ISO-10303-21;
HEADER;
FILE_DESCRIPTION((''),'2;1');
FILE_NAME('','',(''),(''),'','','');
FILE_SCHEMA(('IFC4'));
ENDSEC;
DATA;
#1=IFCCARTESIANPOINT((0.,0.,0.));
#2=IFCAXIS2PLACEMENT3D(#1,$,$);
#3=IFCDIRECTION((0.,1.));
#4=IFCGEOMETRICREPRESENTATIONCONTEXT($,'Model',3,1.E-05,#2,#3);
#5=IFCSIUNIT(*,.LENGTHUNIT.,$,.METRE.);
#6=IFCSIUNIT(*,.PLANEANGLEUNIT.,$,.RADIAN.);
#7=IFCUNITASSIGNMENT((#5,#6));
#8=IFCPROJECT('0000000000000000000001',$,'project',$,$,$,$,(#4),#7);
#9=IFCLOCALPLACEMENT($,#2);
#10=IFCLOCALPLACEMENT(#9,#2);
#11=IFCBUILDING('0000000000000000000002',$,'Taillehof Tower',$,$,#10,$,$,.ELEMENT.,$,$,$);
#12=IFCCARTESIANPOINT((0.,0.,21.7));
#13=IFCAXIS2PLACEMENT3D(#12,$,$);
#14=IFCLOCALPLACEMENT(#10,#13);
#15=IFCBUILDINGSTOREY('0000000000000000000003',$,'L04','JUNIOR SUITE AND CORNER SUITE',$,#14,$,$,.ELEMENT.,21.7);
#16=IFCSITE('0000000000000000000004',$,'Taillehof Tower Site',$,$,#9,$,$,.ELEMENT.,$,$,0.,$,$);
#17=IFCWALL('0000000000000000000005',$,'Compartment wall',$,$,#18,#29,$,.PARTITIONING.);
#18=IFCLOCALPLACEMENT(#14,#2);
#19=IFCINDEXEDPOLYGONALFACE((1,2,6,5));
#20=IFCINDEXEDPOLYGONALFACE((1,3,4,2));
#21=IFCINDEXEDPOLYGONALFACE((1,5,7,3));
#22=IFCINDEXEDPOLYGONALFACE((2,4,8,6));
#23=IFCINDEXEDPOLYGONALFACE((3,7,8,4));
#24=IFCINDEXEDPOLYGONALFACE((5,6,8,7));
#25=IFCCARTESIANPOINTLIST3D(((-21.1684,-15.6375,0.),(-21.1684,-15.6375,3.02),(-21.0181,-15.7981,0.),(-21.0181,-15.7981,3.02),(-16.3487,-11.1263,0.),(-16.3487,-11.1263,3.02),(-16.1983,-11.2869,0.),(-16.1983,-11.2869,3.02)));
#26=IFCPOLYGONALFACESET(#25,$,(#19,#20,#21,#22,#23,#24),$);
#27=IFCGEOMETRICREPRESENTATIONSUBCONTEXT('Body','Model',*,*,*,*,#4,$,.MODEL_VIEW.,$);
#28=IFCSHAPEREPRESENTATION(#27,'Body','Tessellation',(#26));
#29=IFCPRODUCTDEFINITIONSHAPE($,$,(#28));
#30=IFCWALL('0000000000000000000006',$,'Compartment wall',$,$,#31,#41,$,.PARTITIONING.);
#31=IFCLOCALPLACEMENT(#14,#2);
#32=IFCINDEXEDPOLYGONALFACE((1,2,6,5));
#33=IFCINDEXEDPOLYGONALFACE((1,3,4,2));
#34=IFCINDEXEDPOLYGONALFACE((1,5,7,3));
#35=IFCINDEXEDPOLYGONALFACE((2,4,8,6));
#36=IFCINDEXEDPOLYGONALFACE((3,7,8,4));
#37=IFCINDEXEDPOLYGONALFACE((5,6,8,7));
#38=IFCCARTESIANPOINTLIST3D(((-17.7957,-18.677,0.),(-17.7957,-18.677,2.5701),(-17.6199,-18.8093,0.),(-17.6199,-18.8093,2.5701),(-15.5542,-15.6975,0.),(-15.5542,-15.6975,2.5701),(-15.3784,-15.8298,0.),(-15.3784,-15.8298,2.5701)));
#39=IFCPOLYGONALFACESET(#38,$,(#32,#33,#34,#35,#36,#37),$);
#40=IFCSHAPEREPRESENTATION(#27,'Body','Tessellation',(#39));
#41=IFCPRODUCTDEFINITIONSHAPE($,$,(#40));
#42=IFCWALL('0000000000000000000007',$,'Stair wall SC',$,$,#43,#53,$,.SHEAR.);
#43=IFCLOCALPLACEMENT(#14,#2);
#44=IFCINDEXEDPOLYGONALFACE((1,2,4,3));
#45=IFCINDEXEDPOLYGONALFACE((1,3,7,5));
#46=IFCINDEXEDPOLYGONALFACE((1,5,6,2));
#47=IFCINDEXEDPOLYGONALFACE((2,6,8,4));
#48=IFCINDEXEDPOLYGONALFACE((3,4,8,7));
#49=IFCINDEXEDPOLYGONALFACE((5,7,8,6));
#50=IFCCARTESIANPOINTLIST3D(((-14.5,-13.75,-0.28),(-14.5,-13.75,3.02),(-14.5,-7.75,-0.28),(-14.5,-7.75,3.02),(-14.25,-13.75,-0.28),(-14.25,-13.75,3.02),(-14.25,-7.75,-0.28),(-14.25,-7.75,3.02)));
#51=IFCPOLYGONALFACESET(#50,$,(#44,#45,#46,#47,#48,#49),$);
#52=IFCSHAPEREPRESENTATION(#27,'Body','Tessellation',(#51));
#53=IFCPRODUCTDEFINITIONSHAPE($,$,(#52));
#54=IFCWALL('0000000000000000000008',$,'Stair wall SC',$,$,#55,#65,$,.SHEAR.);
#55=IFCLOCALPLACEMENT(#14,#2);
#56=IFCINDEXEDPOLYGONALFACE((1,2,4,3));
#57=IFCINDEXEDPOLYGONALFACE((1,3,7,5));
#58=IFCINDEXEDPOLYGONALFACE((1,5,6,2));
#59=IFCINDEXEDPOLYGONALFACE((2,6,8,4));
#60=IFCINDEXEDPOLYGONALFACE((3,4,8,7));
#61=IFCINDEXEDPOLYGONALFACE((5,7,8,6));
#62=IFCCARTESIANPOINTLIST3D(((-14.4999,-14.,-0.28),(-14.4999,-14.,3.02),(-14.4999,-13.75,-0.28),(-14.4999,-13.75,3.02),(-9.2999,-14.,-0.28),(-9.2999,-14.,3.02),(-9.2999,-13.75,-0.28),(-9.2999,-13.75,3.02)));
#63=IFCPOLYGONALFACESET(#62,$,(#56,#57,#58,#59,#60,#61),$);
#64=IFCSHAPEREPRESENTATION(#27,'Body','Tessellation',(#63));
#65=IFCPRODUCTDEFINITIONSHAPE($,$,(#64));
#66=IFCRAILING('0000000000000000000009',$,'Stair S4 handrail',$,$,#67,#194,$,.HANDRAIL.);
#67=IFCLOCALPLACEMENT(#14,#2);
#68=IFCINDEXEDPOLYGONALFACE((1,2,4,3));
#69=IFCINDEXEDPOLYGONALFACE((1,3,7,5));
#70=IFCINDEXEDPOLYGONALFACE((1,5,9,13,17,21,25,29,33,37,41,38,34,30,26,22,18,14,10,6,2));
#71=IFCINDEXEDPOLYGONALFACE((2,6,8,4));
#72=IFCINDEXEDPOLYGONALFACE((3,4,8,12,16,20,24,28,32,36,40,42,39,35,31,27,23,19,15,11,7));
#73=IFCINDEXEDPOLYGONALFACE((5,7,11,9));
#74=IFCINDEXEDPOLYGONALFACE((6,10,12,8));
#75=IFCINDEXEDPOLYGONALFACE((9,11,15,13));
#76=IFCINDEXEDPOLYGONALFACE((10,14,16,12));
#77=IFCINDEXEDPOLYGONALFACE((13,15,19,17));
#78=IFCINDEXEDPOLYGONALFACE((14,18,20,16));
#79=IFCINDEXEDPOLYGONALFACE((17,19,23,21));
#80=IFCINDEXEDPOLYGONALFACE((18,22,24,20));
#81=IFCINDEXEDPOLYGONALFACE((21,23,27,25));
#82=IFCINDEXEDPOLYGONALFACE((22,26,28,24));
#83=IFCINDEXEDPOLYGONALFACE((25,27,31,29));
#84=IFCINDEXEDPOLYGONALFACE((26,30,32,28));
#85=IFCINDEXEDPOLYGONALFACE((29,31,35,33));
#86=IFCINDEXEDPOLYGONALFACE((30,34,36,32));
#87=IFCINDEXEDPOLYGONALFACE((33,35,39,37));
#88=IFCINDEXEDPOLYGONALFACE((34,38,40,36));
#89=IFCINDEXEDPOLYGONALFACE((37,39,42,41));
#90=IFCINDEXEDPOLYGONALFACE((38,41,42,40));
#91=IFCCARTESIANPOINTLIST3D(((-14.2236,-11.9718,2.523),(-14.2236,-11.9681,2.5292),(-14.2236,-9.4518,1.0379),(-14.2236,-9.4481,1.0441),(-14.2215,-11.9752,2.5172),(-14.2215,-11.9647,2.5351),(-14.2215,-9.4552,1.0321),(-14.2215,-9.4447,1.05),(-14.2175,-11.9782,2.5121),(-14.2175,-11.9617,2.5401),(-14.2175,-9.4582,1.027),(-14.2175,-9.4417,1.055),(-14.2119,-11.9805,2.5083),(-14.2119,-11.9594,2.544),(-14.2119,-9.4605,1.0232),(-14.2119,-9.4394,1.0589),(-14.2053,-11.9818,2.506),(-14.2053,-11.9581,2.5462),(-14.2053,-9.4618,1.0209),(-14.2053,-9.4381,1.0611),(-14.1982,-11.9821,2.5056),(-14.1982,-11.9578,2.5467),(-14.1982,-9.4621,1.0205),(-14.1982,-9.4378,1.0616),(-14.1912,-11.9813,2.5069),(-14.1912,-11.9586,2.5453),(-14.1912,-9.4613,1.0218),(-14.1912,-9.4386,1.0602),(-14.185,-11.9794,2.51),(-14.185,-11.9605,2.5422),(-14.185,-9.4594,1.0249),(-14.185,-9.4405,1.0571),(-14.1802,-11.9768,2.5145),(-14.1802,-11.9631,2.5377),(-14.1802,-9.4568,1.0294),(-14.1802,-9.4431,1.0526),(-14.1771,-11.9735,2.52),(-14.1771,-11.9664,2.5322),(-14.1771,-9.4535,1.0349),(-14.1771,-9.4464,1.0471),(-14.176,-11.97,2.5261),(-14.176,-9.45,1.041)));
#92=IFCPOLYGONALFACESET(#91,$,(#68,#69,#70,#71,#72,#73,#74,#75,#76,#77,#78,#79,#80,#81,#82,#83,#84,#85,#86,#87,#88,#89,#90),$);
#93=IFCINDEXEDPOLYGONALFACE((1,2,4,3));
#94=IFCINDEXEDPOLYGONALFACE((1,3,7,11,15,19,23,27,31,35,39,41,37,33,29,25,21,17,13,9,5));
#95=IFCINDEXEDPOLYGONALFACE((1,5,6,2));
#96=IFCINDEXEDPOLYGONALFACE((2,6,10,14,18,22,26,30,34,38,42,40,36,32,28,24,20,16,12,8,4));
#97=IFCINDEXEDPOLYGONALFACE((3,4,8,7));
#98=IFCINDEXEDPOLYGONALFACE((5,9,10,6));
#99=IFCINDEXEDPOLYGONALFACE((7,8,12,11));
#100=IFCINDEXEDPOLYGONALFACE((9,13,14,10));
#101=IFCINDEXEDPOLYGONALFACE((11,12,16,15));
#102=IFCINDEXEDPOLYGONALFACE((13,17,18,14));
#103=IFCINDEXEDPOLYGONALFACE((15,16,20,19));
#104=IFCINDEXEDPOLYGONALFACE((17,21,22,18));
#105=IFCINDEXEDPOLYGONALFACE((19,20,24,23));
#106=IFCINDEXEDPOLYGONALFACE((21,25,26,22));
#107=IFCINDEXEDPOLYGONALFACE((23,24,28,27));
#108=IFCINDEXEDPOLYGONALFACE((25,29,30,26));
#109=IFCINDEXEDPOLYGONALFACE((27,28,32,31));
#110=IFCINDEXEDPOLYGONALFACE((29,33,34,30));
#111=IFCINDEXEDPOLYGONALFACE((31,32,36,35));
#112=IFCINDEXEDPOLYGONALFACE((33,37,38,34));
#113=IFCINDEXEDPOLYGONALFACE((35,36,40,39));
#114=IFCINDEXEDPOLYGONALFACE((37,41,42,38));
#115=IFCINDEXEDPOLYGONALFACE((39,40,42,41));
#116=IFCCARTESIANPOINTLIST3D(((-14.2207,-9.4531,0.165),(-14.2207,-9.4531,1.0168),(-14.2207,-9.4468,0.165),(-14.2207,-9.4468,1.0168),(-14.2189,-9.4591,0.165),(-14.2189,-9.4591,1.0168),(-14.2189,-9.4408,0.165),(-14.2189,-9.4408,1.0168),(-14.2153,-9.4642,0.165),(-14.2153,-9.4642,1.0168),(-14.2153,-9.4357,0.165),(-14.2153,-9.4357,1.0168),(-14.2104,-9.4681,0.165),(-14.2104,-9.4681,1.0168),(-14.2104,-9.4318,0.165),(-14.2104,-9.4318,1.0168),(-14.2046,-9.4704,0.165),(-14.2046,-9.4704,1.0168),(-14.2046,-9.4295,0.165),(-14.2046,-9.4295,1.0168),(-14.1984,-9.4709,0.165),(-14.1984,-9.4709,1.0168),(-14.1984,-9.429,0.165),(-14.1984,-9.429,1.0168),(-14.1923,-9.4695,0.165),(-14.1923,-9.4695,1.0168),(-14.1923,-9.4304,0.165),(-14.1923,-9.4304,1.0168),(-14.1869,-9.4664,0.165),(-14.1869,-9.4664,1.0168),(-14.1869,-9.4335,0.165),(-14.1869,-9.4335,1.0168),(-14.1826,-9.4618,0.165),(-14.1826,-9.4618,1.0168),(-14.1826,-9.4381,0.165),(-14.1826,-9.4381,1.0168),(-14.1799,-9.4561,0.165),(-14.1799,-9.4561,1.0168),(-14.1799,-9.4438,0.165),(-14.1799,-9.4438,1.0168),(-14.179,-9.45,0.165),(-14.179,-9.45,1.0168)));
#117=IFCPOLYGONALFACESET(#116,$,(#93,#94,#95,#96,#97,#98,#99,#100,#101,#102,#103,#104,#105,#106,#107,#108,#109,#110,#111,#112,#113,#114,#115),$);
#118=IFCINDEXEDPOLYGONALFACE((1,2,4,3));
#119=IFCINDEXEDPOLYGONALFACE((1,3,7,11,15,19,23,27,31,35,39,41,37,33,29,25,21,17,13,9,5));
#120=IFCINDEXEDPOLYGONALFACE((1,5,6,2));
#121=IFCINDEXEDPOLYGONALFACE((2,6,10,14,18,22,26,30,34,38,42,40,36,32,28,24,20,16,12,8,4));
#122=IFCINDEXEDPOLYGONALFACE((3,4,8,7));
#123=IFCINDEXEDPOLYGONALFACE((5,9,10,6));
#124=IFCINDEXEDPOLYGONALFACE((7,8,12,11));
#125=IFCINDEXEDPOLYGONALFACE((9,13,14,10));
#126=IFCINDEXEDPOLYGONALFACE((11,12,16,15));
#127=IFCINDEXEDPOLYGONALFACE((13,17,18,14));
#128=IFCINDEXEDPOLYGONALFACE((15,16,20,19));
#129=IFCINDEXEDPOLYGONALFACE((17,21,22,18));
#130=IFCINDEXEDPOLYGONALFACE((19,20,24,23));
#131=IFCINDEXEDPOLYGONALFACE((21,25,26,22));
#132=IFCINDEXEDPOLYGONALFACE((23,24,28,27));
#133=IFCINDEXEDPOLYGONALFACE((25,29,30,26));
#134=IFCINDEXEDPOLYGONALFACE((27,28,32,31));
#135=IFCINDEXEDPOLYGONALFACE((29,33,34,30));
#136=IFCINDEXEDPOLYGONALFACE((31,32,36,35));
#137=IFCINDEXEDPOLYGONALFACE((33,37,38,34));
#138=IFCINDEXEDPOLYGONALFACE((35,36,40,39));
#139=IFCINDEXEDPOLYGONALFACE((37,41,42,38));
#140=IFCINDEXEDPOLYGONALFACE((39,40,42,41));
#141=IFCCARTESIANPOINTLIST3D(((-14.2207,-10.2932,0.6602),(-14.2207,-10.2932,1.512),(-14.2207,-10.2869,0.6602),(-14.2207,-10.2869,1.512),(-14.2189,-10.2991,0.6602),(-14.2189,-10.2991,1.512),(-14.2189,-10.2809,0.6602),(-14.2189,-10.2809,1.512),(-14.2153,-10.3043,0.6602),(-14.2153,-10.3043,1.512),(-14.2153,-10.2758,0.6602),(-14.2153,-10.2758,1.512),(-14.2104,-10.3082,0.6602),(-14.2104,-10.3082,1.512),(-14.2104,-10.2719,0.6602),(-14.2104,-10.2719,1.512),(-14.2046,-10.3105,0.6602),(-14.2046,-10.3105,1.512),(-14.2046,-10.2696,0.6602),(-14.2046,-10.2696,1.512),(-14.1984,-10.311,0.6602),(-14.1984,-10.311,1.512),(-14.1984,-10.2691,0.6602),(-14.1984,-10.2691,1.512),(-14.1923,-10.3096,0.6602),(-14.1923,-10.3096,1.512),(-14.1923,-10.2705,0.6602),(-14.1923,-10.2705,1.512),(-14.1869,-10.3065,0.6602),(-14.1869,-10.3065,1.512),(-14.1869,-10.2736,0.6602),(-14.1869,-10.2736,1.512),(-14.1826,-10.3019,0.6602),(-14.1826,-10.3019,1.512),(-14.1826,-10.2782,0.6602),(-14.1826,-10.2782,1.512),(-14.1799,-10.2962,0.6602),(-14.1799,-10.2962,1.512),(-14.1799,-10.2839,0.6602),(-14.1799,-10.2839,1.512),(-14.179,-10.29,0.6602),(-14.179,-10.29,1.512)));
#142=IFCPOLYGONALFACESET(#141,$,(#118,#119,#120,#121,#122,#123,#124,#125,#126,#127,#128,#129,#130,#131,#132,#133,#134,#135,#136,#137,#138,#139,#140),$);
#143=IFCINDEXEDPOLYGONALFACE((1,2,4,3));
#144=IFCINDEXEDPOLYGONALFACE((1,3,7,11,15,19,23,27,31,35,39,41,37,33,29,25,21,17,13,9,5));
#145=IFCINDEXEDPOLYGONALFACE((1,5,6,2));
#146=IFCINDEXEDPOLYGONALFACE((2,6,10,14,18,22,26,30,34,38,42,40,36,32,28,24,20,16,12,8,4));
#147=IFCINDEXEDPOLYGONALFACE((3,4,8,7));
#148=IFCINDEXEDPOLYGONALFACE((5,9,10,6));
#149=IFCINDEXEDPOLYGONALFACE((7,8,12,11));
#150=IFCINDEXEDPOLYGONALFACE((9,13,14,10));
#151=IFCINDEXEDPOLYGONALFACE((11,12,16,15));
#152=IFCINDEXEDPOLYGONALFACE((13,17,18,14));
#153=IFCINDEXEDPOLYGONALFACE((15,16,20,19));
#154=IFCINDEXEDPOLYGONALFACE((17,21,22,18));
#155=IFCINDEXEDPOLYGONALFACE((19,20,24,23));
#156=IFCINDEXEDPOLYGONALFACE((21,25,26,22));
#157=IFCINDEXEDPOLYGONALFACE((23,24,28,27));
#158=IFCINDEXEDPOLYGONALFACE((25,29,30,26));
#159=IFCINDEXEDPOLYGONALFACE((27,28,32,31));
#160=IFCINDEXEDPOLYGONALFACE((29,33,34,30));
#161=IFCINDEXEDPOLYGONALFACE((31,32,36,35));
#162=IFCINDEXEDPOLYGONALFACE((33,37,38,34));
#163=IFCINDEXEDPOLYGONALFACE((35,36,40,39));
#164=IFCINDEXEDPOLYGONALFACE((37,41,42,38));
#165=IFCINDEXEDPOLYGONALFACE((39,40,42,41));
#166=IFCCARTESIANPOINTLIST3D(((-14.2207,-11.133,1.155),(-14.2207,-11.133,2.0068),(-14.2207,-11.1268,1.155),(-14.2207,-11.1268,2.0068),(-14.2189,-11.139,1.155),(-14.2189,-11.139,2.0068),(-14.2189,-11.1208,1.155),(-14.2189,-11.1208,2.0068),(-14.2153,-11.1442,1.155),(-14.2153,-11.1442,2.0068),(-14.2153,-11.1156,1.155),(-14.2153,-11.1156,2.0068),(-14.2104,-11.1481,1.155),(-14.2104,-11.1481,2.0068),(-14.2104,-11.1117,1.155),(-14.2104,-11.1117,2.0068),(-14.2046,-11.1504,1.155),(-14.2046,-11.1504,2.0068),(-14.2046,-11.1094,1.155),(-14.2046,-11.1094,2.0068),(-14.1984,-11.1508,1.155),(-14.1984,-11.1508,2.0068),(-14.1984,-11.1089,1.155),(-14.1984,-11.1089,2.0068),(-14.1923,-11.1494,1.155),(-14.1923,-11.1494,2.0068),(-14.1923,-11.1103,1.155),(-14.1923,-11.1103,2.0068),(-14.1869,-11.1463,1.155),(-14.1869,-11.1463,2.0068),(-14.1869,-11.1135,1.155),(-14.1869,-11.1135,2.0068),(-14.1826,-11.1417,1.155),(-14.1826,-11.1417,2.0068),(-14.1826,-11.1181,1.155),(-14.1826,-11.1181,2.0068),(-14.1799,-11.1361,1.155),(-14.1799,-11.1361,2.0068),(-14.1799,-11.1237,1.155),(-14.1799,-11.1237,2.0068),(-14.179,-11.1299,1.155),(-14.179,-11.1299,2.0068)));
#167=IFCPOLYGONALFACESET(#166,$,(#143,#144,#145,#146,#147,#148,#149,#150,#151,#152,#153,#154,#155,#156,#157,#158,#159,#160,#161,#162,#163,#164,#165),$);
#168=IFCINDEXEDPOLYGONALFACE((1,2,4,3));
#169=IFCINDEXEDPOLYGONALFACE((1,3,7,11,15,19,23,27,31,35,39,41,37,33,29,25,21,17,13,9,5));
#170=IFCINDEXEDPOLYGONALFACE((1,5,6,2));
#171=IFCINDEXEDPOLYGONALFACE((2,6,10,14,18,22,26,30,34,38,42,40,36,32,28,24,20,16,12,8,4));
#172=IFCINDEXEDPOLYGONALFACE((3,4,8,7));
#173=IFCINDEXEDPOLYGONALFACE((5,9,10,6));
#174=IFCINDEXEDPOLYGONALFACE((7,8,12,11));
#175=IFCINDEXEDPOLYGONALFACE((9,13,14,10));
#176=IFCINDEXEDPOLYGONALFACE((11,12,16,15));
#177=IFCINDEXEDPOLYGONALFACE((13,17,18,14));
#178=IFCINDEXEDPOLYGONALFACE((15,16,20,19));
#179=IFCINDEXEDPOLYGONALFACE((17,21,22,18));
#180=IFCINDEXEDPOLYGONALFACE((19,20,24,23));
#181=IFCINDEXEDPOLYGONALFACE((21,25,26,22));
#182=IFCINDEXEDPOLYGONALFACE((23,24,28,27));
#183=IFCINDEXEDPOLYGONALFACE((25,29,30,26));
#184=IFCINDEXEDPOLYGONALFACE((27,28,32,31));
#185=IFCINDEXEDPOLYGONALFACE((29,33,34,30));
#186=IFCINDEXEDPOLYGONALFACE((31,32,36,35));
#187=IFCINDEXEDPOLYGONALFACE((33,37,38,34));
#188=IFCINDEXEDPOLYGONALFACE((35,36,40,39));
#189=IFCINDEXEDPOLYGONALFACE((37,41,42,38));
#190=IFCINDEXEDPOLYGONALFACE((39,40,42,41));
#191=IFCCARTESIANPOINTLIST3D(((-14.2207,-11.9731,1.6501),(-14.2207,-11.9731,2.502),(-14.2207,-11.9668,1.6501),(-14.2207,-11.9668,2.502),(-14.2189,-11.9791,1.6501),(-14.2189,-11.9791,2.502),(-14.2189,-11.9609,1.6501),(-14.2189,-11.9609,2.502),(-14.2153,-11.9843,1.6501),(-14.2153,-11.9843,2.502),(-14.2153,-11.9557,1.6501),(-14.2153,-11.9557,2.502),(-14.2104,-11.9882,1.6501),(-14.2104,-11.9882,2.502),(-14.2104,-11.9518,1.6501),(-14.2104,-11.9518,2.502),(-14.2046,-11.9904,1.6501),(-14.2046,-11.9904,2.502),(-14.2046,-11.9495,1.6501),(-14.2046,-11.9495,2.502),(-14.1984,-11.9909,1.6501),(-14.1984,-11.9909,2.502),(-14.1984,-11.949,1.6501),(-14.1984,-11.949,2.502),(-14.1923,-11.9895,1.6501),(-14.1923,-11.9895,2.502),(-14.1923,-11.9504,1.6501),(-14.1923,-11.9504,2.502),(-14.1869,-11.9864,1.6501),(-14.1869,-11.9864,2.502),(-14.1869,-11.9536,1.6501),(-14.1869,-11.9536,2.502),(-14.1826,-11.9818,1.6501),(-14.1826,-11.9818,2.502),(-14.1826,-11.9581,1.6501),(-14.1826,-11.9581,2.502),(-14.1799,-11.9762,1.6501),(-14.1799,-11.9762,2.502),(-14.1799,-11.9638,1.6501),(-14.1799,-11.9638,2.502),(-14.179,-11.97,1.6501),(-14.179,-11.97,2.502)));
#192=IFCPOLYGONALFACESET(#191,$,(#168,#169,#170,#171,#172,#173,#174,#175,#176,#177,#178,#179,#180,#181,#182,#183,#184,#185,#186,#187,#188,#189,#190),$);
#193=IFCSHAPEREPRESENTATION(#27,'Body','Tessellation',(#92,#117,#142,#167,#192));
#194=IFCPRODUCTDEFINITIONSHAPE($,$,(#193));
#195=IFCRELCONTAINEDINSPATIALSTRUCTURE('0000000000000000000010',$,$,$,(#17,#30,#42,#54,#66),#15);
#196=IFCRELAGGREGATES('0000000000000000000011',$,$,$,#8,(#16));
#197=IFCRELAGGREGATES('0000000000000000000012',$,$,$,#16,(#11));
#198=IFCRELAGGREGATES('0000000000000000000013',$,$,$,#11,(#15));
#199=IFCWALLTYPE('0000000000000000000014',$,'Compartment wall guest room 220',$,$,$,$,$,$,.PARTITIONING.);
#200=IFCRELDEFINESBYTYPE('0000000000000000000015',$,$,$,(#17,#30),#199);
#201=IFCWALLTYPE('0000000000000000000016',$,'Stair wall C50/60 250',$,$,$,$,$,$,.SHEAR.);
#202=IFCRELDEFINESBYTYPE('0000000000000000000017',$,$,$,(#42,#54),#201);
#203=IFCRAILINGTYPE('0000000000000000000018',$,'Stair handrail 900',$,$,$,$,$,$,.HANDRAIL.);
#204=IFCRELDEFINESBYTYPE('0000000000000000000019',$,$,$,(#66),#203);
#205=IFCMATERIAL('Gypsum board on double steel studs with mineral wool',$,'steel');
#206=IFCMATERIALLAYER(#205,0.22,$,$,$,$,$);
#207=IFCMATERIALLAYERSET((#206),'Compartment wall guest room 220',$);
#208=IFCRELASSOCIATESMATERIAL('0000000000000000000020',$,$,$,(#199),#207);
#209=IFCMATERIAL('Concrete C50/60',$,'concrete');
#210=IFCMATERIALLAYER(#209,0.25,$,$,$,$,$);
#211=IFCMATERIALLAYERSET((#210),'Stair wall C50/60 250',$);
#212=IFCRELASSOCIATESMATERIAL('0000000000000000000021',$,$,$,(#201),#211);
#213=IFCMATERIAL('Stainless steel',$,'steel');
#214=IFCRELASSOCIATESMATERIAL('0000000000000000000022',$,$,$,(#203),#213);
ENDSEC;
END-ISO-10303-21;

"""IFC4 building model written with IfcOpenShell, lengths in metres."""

from ifc_helpers import new_model, si_unit, direction, frame, frame_2d, origin, origin_2d, place, context, subcontext, project, spatial, rectangle, circle, extrude, material, layer, layer_set, type_object, element, save


model = new_model("IFC4")

# Units and contexts
model_context = context("Model", 3, precision=1e-05, world=origin(), true_north=direction((0.0, 1.0)))
body_context = subcontext(model_context, "Body", "Model", "MODEL_VIEW")
ifc_project = project(units=[si_unit("LENGTHUNIT", "METRE"), si_unit("PLANEANGLEUNIT", "RADIAN")], contexts=[model_context])

# Site, building, storey
site_placement = place(None, origin())
site = spatial("IfcSite", under=ifc_project, at=site_placement, Name="Taillehof Tower Site", CompositionType="ELEMENT", RefElevation=0.0)
building_placement = place(site_placement, origin())
building = spatial("IfcBuilding", under=site, at=building_placement, Name="Taillehof Tower", CompositionType="ELEMENT")
storey_placement = place(building_placement, frame((0.0, 0.0, 21.7)))
storey = spatial("IfcBuildingStorey", under=building, at=storey_placement, Name="L04", Description="JUNIOR SUITE AND CORNER SUITE", CompositionType="ELEMENT", Elevation=21.7)

# Walls
ifc_material_1 = material(Name="Gypsum board on double steel studs with mineral wool", Category="steel")
ifc_layer_1 = layer(ifc_material_1, 0.22)
ifc_layer_set_1 = layer_set([ifc_layer_1], Name="Compartment wall guest room 220")
wall_type_1 = type_object("IfcWallType", Name="Compartment wall guest room 220", PredefinedType="PARTITIONING", material=ifc_layer_set_1)
wall_1_placement = place(storey_placement, frame((-21.0933, -15.7178, 0.0), z_axis=(0.0, 0.0, 1.0), x_axis=(0.730093, 0.683348, 0.0)))
element("IfcWall", 1, at=wall_1_placement, inside=storey, type_object=wall_type_1, Name="Compartment wall", PredefinedType="PARTITIONING", context=body_context, shape_type="SweptSolid", body=[
    extrude(rectangle(XDim=6.6016, YDim=0.22, at=frame_2d((3.3008, 0.0))), origin(), (0.0, 0.0, 1.0), 3.02),
])
wall_2_placement = place(storey_placement, frame((-17.7078, -18.7432, 0.0), z_axis=(0.0, 0.0, 1.0), x_axis=(0.601173, 0.799119, 0.0)))
element("IfcWall", 2, at=wall_2_placement, inside=storey, type_object=wall_type_1, Name="Compartment wall", PredefinedType="PARTITIONING", context=body_context, shape_type="SweptSolid", body=[
    extrude(rectangle(XDim=3.7285, YDim=0.22, at=frame_2d((1.8643, 0.0))), origin(), (0.0, 0.0, 1.0), 2.5701),
])
ifc_material_2 = material(Name="Concrete C50/60", Category="concrete")
ifc_layer_2 = layer(ifc_material_2, 0.25)
ifc_layer_set_2 = layer_set([ifc_layer_2], Name="Stair wall C50/60 250")
wall_type_2 = type_object("IfcWallType", Name="Stair wall C50/60 250", PredefinedType="SHEAR", material=ifc_layer_set_2)
wall_3_placement = place(storey_placement, frame((-14.375, -13.75, -0.28), z_axis=(0.0, 0.0, 1.0), x_axis=(0.0, 1.0, 0.0)))
element("IfcWall", 3, at=wall_3_placement, inside=storey, type_object=wall_type_2, Name="Stair wall SC", PredefinedType="SHEAR", context=body_context, shape_type="SweptSolid", body=[
    extrude(rectangle(XDim=6.0, YDim=0.25, at=frame_2d((3.0, 0.0))), origin(), (0.0, 0.0, 1.0), 3.3),
])
wall_4_placement = place(storey_placement, frame((-14.5, -13.875, -0.28), z_axis=(0.0, 0.0, 1.0), x_axis=(1.0, 0.0, 0.0)))
element("IfcWall", 4, at=wall_4_placement, inside=storey, type_object=wall_type_2, Name="Stair wall SC", PredefinedType="SHEAR", context=body_context, shape_type="SweptSolid", body=[
    extrude(rectangle(XDim=5.2, YDim=0.25, at=frame_2d((2.6001, 0.0))), origin(), (0.0, 0.0, 1.0), 3.3),
])

# Railing
ifc_material_3 = material(Name="Stainless steel", Category="steel")
railing_type = type_object("IfcRailingType", Name="Stair handrail 900", PredefinedType="HANDRAIL", material=ifc_material_3)
railing_placement = place(storey_placement, frame((-14.2, -9.45, 0.165)))
element("IfcRailing", 5, at=railing_placement, inside=storey, type_object=railing_type, Name="Stair S4 handrail", PredefinedType="HANDRAIL", context=body_context, shape_type="SweptSolid", body=[
    extrude(circle(Radius=0.0239, at=origin_2d()), frame((0.0, 0.0, 0.876), z_axis=(0.0, -0.861524, 0.507717), x_axis=(1.0, 0.0, 0.0)), (0.0, 0.0, 1.0), 2.925),
    extrude(circle(Radius=0.021, at=origin_2d()), origin(), (0.0, 0.0, 1.0), 0.8518),
    extrude(circle(Radius=0.021, at=origin_2d()), frame((0.0, -0.8401, 0.4951)), (0.0, 0.0, 1.0), 0.8518),
    extrude(circle(Radius=0.021, at=origin_2d()), frame((0.0, -1.6799, 0.99)), (0.0, 0.0, 1.0), 0.8518),
    extrude(circle(Radius=0.021, at=origin_2d()), frame((0.0, -2.52, 1.4851)), (0.0, 0.0, 1.0), 0.8518),
])

save(model, "model.ifc")
